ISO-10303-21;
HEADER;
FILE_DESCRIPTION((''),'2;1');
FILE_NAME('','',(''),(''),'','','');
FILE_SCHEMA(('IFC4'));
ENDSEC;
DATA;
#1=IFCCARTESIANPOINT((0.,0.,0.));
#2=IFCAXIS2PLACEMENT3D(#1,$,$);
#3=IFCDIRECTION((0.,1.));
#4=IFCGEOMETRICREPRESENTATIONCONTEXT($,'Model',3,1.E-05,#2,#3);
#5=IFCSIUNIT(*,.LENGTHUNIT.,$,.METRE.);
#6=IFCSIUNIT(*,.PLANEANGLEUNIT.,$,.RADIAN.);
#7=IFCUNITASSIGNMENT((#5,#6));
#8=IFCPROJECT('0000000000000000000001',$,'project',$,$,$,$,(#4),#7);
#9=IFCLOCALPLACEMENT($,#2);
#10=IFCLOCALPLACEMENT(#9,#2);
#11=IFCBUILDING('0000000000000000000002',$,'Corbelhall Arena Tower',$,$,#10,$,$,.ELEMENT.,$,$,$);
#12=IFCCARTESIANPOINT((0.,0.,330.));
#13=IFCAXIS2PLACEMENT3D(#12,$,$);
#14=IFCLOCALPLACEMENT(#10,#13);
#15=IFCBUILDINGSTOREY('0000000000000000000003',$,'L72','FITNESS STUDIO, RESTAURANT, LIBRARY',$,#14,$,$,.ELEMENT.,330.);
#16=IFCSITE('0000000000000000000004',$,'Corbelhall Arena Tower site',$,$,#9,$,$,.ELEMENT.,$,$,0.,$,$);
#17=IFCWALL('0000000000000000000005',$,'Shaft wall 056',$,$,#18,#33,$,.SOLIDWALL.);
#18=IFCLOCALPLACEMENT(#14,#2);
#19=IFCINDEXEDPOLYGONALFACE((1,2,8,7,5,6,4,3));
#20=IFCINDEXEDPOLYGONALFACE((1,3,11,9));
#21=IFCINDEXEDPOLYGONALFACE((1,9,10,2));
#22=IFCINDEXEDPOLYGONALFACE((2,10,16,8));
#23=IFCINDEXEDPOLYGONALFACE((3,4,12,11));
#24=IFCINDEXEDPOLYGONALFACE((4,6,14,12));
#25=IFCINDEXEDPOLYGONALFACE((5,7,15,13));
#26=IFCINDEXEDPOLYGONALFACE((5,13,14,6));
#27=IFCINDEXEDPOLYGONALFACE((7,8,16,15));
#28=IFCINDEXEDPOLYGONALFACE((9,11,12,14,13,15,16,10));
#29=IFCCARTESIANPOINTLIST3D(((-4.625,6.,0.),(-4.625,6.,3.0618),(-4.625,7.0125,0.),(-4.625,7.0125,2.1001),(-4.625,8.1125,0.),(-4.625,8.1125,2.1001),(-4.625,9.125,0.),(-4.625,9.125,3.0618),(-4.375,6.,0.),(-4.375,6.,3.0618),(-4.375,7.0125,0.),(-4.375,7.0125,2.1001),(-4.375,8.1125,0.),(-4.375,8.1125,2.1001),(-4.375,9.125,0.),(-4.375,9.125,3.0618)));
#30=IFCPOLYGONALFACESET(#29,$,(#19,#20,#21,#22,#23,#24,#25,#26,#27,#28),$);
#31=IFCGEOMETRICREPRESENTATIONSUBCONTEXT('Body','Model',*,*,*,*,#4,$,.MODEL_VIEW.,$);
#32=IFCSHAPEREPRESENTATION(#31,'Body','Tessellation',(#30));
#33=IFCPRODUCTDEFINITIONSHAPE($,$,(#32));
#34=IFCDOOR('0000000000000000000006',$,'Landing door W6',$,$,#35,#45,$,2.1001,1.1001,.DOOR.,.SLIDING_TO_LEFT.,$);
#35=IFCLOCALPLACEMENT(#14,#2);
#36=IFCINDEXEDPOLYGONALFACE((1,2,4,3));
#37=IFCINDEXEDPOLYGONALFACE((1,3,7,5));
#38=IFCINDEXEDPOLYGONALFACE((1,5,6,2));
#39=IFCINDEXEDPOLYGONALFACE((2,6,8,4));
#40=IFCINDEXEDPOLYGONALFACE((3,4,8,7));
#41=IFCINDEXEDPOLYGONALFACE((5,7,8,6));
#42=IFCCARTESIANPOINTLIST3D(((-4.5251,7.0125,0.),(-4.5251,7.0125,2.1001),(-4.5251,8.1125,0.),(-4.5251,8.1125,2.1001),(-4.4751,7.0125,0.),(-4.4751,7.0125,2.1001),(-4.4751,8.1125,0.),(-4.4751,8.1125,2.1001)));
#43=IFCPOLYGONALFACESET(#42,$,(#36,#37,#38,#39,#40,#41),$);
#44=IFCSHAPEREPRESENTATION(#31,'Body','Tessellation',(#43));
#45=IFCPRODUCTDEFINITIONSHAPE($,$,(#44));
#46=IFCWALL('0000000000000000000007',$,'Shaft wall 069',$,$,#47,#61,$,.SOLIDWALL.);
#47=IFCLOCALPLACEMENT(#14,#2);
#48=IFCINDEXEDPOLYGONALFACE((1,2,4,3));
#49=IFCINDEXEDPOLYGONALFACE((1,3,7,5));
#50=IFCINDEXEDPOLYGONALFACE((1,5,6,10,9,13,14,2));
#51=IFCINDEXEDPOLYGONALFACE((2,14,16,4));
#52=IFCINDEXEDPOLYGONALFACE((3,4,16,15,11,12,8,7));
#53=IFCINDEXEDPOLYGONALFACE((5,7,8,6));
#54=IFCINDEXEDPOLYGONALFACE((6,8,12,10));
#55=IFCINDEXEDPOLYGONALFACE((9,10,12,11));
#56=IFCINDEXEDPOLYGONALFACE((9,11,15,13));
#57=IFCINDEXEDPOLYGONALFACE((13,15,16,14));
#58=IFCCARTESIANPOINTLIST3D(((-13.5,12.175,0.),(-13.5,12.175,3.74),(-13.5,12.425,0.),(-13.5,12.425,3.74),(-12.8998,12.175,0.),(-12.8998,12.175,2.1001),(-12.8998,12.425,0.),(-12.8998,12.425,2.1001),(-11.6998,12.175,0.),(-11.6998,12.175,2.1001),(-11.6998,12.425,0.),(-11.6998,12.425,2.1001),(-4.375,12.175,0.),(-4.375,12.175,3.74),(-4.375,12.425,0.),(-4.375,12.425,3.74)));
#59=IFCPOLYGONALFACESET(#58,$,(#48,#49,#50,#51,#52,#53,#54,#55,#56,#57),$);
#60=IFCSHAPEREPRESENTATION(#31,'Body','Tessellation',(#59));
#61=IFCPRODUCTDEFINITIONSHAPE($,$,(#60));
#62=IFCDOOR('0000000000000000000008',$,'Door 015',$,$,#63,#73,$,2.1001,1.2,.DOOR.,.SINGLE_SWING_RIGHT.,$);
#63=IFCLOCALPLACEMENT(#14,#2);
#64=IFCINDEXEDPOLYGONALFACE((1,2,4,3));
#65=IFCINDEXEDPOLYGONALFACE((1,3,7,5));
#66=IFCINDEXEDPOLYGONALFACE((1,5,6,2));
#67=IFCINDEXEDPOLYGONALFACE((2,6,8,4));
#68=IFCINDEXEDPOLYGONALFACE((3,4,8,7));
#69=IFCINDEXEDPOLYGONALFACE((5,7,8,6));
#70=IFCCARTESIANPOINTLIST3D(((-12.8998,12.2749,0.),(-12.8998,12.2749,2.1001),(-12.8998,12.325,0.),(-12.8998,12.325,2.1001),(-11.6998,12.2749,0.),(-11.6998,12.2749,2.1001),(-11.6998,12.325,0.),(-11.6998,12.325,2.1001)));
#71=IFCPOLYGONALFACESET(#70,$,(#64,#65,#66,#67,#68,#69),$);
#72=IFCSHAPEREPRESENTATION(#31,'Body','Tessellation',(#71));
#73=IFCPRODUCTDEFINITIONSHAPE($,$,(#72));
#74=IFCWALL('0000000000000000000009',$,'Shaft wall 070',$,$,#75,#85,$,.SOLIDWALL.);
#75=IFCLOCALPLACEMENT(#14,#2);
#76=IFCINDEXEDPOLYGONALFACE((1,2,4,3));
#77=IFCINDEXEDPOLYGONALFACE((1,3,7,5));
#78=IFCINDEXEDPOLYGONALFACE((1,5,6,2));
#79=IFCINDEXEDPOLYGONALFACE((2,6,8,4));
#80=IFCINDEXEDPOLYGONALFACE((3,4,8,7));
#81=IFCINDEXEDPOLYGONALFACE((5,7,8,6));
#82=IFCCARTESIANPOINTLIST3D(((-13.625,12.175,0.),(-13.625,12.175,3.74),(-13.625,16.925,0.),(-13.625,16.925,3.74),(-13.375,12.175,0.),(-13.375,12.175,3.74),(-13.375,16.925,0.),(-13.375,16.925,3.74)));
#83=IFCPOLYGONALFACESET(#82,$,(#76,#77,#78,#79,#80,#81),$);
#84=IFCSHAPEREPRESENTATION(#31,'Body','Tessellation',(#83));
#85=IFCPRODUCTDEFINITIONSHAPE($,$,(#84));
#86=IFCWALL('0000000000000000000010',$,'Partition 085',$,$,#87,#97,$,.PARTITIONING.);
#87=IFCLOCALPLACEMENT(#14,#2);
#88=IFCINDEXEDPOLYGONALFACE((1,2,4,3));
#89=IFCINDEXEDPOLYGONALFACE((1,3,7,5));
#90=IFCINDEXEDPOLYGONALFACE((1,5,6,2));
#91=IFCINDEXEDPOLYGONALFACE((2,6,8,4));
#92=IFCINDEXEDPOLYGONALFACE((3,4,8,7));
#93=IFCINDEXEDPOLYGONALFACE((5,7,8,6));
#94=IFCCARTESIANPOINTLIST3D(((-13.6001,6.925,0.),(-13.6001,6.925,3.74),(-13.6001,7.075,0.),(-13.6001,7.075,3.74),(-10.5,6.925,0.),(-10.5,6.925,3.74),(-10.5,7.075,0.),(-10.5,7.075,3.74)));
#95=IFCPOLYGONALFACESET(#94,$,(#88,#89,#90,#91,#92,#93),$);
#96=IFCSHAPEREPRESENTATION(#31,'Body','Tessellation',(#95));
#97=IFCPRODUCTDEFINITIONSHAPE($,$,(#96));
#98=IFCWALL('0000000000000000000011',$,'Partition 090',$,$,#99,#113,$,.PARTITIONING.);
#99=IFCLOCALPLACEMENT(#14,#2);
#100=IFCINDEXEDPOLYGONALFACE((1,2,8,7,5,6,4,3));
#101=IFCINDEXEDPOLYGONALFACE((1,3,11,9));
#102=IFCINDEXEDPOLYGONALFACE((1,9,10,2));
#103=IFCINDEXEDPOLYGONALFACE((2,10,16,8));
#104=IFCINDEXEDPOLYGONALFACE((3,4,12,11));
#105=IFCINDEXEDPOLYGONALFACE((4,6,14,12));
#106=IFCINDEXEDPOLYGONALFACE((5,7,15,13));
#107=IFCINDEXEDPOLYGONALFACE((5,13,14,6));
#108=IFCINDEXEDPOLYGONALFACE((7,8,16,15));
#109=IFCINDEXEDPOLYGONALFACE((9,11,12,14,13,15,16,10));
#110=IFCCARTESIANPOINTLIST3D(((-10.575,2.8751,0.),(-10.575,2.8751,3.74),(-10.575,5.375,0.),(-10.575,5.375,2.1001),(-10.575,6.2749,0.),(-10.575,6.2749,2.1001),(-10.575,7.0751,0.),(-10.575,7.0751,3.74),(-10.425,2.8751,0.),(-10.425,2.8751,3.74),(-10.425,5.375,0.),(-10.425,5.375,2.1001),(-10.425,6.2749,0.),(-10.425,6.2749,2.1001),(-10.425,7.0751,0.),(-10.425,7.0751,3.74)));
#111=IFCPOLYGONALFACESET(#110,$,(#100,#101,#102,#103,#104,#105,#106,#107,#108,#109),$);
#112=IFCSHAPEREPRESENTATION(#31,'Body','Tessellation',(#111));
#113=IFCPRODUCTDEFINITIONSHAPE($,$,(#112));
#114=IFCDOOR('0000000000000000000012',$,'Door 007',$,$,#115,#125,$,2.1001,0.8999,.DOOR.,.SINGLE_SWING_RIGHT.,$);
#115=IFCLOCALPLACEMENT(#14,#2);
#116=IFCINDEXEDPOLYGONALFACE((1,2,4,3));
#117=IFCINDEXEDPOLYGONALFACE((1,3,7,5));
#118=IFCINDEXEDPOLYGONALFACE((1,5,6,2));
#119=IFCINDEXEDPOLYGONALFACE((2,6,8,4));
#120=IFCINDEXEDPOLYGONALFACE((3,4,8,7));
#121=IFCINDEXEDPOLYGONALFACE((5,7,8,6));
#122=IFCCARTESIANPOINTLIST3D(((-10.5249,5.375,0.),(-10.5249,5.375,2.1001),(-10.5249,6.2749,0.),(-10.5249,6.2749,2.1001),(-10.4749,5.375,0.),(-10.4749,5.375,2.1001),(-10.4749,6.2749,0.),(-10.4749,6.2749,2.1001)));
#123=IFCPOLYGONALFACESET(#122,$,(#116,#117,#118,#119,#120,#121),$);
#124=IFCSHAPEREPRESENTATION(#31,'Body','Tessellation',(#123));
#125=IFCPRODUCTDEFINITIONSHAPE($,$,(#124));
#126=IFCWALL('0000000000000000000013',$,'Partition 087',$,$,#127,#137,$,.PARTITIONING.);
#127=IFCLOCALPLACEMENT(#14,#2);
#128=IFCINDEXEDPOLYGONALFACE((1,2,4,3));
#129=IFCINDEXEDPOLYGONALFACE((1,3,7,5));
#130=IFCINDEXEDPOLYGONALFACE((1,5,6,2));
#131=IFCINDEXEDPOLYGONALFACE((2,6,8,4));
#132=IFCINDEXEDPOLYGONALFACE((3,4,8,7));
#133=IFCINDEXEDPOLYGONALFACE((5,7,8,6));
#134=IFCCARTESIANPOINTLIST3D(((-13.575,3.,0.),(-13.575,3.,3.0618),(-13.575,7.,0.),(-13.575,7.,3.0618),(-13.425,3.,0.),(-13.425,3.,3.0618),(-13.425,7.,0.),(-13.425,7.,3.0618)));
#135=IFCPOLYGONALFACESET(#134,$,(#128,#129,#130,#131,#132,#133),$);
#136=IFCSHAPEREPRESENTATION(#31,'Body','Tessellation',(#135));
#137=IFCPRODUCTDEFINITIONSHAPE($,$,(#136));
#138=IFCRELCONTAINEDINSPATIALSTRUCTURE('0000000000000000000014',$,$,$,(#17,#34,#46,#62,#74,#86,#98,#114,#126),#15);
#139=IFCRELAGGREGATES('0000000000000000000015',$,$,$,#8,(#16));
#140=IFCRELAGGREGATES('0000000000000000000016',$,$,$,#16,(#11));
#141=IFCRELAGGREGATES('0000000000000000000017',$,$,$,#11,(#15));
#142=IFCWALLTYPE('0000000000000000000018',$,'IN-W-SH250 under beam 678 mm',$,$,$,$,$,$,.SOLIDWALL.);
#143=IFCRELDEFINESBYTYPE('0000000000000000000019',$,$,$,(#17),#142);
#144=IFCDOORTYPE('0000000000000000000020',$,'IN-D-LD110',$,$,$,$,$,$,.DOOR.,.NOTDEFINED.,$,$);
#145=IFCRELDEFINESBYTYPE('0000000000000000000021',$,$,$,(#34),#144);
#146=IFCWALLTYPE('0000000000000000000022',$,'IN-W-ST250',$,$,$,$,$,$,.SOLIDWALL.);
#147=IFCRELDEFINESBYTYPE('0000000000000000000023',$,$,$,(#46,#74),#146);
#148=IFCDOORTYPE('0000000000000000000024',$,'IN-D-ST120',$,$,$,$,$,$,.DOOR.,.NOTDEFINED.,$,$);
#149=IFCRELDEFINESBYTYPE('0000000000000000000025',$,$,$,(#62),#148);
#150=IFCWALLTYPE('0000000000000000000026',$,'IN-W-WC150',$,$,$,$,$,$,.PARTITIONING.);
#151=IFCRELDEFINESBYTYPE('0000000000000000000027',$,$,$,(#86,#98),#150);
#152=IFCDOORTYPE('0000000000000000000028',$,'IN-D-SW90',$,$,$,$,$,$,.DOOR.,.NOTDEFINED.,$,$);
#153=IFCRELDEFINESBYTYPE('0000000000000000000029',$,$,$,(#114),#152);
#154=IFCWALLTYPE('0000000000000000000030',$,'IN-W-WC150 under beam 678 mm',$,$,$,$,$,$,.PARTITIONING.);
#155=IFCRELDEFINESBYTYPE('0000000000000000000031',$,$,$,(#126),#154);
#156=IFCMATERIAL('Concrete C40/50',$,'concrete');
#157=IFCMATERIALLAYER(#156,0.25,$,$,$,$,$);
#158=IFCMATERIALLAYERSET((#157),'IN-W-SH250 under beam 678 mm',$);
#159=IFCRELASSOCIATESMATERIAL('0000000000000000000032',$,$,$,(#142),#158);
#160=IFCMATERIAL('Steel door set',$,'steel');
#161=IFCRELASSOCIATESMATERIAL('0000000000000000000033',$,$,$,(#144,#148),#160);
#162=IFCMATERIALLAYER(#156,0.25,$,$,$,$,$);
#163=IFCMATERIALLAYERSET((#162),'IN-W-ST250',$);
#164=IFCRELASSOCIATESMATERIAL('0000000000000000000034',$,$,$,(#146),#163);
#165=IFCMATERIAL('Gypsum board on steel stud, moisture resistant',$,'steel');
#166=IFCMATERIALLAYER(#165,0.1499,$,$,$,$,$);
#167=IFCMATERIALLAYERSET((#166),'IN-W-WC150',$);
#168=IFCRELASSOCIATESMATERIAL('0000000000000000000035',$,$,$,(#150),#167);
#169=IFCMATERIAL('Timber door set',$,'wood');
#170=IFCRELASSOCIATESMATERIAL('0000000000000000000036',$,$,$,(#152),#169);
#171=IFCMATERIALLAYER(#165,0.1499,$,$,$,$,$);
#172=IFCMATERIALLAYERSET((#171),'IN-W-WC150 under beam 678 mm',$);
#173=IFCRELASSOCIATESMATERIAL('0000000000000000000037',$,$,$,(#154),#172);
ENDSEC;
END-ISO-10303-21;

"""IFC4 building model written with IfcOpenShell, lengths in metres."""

from ifc_helpers import new_model, si_unit, direction, frame, frame_2d, origin, place, context, subcontext, project, spatial, rectangle, extrude, material, layer, layer_set, type_object, element, fill, save


model = new_model("IFC4")

# Units and contexts
model_context = context("Model", 3, precision=1e-05, world=origin(), true_north=direction((0.0, 1.0)))
body_context = subcontext(model_context, "Body", "Model", "MODEL_VIEW")
ifc_project = project(units=[si_unit("LENGTHUNIT", "METRE"), si_unit("PLANEANGLEUNIT", "RADIAN")], contexts=[model_context])

# Site, building, storey
site_placement = place(None, origin())
site = spatial("IfcSite", under=ifc_project, at=site_placement, Name="Corbelhall Arena Tower site", CompositionType="ELEMENT", RefElevation=0.0)
building_placement = place(site_placement, origin())
building = spatial("IfcBuilding", under=site, at=building_placement, Name="Corbelhall Arena Tower", CompositionType="ELEMENT")
storey_placement = place(building_placement, frame((0.0, 0.0, 330.0)))
storey = spatial("IfcBuildingStorey", under=building, at=storey_placement, Name="L72", Description="FITNESS STUDIO, RESTAURANT, LIBRARY", CompositionType="ELEMENT", Elevation=330.0)

# Shared definitions
ifc_material_1 = material(Name="Steel door set", Category="steel")

# Shared definitions
ifc_material_2 = material(Name="Concrete C40/50", Category="concrete")

# Shared definitions
ifc_layer_1 = layer(ifc_material_2, 0.25)
ifc_layer_set_1 = layer_set([ifc_layer_1], Name="IN-W-SH250 under beam 678 mm")
wall_type_1 = type_object("IfcWallType", Name="IN-W-SH250 under beam 678 mm", PredefinedType="SOLIDWALL", material=ifc_layer_set_1)

# Walls, openings, doors
wall_1_placement = place(storey_placement, frame((-4.5, 9.125, 0.0), z_axis=(0.0, 0.0, 1.0), x_axis=(0.0, -1.0, 0.0)))
wall_1 = element("IfcWall", 1, at=wall_1_placement, inside=storey, type_object=wall_type_1, Name="Shaft wall 056", PredefinedType="SOLIDWALL", context=body_context, shape_type="SweptSolid", body=[
    extrude(rectangle(XDim=3.125, YDim=0.25, at=frame_2d((1.5625, 0.0))), origin(), (0.0, 0.0, 1.0), 3.0618),
])
opening_1_placement = place(wall_1_placement, frame((1.0125, 0.0, 0.0)))
opening_1 = element("IfcOpeningElement", 2, at=opening_1_placement, cuts=wall_1, PredefinedType="OPENING", context=body_context, shape_type="SweptSolid", body=[
    extrude(rectangle(XDim=1.1001, YDim=2.1001, at=frame_2d((0.55, 1.05))), frame((0.0, 0.125, 0.0), z_axis=(0.0, -1.0, 0.0), x_axis=(1.0, 0.0, 0.0)), (0.0, 0.0, 1.0), 0.25),
])
door_type_1 = type_object("IfcDoorType", Name="IN-D-LD110", OperationType="NOTDEFINED", PredefinedType="DOOR", material=ifc_material_1)
door_1_placement = place(opening_1_placement, origin())
door_1 = element("IfcDoor", 3, at=door_1_placement, inside=storey, type_object=door_type_1, Name="Landing door W6", OperationType="SLIDING_TO_LEFT", OverallHeight=2.1001, OverallWidth=1.1001, PredefinedType="DOOR", context=body_context, shape_type="SweptSolid", body=[
    extrude(rectangle(XDim=1.1001, YDim=2.1001, at=frame_2d((0.55, 1.05))), frame((0.0, 0.0249, 0.0), z_axis=(0.0, -1.0, 0.0), x_axis=(1.0, 0.0, 0.0)), (0.0, 0.0, 1.0), 0.05),
])
fill(opening_1, door_1)
ifc_layer_2 = layer(ifc_material_2, 0.25)
ifc_layer_set_2 = layer_set([ifc_layer_2], Name="IN-W-ST250")
wall_type_2 = type_object("IfcWallType", Name="IN-W-ST250", PredefinedType="SOLIDWALL", material=ifc_layer_set_2)
wall_2_placement = place(storey_placement, frame((-13.5, 12.3, 0.0), z_axis=(0.0, 0.0, 1.0), x_axis=(1.0, 0.0, 0.0)))
wall_2 = element("IfcWall", 4, at=wall_2_placement, inside=storey, type_object=wall_type_2, Name="Shaft wall 069", PredefinedType="SOLIDWALL", context=body_context, shape_type="SweptSolid", body=[
    extrude(rectangle(XDim=9.125, YDim=0.25, at=frame_2d((4.5625, 0.0))), origin(), (0.0, 0.0, 1.0), 3.74),
])
opening_2_placement = place(wall_2_placement, frame((0.6001, 0.0, 0.0)))
opening_2 = element("IfcOpeningElement", 5, at=opening_2_placement, cuts=wall_2, PredefinedType="OPENING", context=body_context, shape_type="SweptSolid", body=[
    extrude(rectangle(XDim=1.2, YDim=2.1001, at=frame_2d((0.6001, 1.05))), frame((0.0, 0.125, 0.0), z_axis=(0.0, -1.0, 0.0), x_axis=(1.0, 0.0, 0.0)), (0.0, 0.0, 1.0), 0.25),
])
door_type_2 = type_object("IfcDoorType", Name="IN-D-ST120", OperationType="NOTDEFINED", PredefinedType="DOOR", material=ifc_material_1)
door_2_placement = place(opening_2_placement, origin())
door_2 = element("IfcDoor", 6, at=door_2_placement, inside=storey, type_object=door_type_2, Name="Door 015", OperationType="SINGLE_SWING_RIGHT", OverallHeight=2.1001, OverallWidth=1.2, PredefinedType="DOOR", context=body_context, shape_type="SweptSolid", body=[
    extrude(rectangle(XDim=1.2, YDim=2.1001, at=frame_2d((0.6001, 1.05))), frame((0.0, 0.0249, 0.0), z_axis=(0.0, -1.0, 0.0), x_axis=(1.0, 0.0, 0.0)), (0.0, 0.0, 1.0), 0.05),
])
fill(opening_2, door_2)

# Walls
wall_3_placement = place(storey_placement, frame((-13.5, 12.175, 0.0), z_axis=(0.0, 0.0, 1.0), x_axis=(0.0, 1.0, 0.0)))
element("IfcWall", 7, at=wall_3_placement, inside=storey, type_object=wall_type_2, Name="Shaft wall 070", PredefinedType="SOLIDWALL", context=body_context, shape_type="SweptSolid", body=[
    extrude(rectangle(XDim=4.75, YDim=0.25, at=frame_2d((2.375, 0.0))), origin(), (0.0, 0.0, 1.0), 3.74),
])
ifc_material_3 = material(Name="Gypsum board on steel stud, moisture resistant", Category="steel")
ifc_layer_3 = layer(ifc_material_3, 0.1499)
ifc_layer_set_3 = layer_set([ifc_layer_3], Name="IN-W-WC150")
wall_type_3 = type_object("IfcWallType", Name="IN-W-WC150", PredefinedType="PARTITIONING", material=ifc_layer_set_3)
wall_4_placement = place(storey_placement, frame((-13.6001, 7.0, 0.0), z_axis=(0.0, 0.0, 1.0), x_axis=(1.0, 0.0, 0.0)))
element("IfcWall", 8, at=wall_4_placement, inside=storey, type_object=wall_type_3, Name="Partition 085", PredefinedType="PARTITIONING", context=body_context, shape_type="SweptSolid", body=[
    extrude(rectangle(XDim=3.1001, YDim=0.1499, at=frame_2d((1.55, 0.0))), origin(), (0.0, 0.0, 1.0), 3.74),
])

# Wall, opening, door
wall_5_placement = place(storey_placement, frame((-10.5, 2.875, 0.0), z_axis=(0.0, 0.0, 1.0), x_axis=(0.0, 1.0, 0.0)))
wall_5 = element("IfcWall", 9, at=wall_5_placement, inside=storey, type_object=wall_type_3, Name="Partition 090", PredefinedType="PARTITIONING", context=body_context, shape_type="SweptSolid", body=[
    extrude(rectangle(XDim=4.2, YDim=0.1499, at=frame_2d((2.1001, 0.0))), origin(), (0.0, 0.0, 1.0), 3.74),
])
opening_3_placement = place(wall_5_placement, frame((2.5, 0.0, 0.0)))
opening_3 = element("IfcOpeningElement", 10, at=opening_3_placement, cuts=wall_5, PredefinedType="OPENING", context=body_context, shape_type="SweptSolid", body=[
    extrude(rectangle(XDim=0.8999, YDim=2.1001, at=frame_2d((0.45, 1.05))), frame((0.0, 0.075, 0.0), z_axis=(0.0, -1.0, 0.0), x_axis=(1.0, 0.0, 0.0)), (0.0, 0.0, 1.0), 0.1499),
])
ifc_material_4 = material(Name="Timber door set", Category="wood")
door_type_3 = type_object("IfcDoorType", Name="IN-D-SW90", OperationType="NOTDEFINED", PredefinedType="DOOR", material=ifc_material_4)
door_3_placement = place(opening_3_placement, origin())
door_3 = element("IfcDoor", 11, at=door_3_placement, inside=storey, type_object=door_type_3, Name="Door 007", OperationType="SINGLE_SWING_RIGHT", OverallHeight=2.1001, OverallWidth=0.8999, PredefinedType="DOOR", context=body_context, shape_type="SweptSolid", body=[
    extrude(rectangle(XDim=0.8999, YDim=2.1001, at=frame_2d((0.45, 1.05))), frame((0.0, 0.0249, 0.0), z_axis=(0.0, -1.0, 0.0), x_axis=(1.0, 0.0, 0.0)), (0.0, 0.0, 1.0), 0.05),
])
fill(opening_3, door_3)

# Wall
ifc_layer_4 = layer(ifc_material_3, 0.1499)
ifc_layer_set_4 = layer_set([ifc_layer_4], Name="IN-W-WC150 under beam 678 mm")
wall_type_4 = type_object("IfcWallType", Name="IN-W-WC150 under beam 678 mm", PredefinedType="PARTITIONING", material=ifc_layer_set_4)
wall_6_placement = place(storey_placement, frame((-13.5, 3.0, 0.0), z_axis=(0.0, 0.0, 1.0), x_axis=(0.0, 1.0, 0.0)))
element("IfcWall", 12, at=wall_6_placement, inside=storey, type_object=wall_type_4, Name="Partition 087", PredefinedType="PARTITIONING", context=body_context, shape_type="SweptSolid", body=[
    extrude(rectangle(XDim=4.0, YDim=0.1499, at=frame_2d((2.0, 0.0))), origin(), (0.0, 0.0, 1.0), 3.0618),
])

save(model, "model.ifc")
